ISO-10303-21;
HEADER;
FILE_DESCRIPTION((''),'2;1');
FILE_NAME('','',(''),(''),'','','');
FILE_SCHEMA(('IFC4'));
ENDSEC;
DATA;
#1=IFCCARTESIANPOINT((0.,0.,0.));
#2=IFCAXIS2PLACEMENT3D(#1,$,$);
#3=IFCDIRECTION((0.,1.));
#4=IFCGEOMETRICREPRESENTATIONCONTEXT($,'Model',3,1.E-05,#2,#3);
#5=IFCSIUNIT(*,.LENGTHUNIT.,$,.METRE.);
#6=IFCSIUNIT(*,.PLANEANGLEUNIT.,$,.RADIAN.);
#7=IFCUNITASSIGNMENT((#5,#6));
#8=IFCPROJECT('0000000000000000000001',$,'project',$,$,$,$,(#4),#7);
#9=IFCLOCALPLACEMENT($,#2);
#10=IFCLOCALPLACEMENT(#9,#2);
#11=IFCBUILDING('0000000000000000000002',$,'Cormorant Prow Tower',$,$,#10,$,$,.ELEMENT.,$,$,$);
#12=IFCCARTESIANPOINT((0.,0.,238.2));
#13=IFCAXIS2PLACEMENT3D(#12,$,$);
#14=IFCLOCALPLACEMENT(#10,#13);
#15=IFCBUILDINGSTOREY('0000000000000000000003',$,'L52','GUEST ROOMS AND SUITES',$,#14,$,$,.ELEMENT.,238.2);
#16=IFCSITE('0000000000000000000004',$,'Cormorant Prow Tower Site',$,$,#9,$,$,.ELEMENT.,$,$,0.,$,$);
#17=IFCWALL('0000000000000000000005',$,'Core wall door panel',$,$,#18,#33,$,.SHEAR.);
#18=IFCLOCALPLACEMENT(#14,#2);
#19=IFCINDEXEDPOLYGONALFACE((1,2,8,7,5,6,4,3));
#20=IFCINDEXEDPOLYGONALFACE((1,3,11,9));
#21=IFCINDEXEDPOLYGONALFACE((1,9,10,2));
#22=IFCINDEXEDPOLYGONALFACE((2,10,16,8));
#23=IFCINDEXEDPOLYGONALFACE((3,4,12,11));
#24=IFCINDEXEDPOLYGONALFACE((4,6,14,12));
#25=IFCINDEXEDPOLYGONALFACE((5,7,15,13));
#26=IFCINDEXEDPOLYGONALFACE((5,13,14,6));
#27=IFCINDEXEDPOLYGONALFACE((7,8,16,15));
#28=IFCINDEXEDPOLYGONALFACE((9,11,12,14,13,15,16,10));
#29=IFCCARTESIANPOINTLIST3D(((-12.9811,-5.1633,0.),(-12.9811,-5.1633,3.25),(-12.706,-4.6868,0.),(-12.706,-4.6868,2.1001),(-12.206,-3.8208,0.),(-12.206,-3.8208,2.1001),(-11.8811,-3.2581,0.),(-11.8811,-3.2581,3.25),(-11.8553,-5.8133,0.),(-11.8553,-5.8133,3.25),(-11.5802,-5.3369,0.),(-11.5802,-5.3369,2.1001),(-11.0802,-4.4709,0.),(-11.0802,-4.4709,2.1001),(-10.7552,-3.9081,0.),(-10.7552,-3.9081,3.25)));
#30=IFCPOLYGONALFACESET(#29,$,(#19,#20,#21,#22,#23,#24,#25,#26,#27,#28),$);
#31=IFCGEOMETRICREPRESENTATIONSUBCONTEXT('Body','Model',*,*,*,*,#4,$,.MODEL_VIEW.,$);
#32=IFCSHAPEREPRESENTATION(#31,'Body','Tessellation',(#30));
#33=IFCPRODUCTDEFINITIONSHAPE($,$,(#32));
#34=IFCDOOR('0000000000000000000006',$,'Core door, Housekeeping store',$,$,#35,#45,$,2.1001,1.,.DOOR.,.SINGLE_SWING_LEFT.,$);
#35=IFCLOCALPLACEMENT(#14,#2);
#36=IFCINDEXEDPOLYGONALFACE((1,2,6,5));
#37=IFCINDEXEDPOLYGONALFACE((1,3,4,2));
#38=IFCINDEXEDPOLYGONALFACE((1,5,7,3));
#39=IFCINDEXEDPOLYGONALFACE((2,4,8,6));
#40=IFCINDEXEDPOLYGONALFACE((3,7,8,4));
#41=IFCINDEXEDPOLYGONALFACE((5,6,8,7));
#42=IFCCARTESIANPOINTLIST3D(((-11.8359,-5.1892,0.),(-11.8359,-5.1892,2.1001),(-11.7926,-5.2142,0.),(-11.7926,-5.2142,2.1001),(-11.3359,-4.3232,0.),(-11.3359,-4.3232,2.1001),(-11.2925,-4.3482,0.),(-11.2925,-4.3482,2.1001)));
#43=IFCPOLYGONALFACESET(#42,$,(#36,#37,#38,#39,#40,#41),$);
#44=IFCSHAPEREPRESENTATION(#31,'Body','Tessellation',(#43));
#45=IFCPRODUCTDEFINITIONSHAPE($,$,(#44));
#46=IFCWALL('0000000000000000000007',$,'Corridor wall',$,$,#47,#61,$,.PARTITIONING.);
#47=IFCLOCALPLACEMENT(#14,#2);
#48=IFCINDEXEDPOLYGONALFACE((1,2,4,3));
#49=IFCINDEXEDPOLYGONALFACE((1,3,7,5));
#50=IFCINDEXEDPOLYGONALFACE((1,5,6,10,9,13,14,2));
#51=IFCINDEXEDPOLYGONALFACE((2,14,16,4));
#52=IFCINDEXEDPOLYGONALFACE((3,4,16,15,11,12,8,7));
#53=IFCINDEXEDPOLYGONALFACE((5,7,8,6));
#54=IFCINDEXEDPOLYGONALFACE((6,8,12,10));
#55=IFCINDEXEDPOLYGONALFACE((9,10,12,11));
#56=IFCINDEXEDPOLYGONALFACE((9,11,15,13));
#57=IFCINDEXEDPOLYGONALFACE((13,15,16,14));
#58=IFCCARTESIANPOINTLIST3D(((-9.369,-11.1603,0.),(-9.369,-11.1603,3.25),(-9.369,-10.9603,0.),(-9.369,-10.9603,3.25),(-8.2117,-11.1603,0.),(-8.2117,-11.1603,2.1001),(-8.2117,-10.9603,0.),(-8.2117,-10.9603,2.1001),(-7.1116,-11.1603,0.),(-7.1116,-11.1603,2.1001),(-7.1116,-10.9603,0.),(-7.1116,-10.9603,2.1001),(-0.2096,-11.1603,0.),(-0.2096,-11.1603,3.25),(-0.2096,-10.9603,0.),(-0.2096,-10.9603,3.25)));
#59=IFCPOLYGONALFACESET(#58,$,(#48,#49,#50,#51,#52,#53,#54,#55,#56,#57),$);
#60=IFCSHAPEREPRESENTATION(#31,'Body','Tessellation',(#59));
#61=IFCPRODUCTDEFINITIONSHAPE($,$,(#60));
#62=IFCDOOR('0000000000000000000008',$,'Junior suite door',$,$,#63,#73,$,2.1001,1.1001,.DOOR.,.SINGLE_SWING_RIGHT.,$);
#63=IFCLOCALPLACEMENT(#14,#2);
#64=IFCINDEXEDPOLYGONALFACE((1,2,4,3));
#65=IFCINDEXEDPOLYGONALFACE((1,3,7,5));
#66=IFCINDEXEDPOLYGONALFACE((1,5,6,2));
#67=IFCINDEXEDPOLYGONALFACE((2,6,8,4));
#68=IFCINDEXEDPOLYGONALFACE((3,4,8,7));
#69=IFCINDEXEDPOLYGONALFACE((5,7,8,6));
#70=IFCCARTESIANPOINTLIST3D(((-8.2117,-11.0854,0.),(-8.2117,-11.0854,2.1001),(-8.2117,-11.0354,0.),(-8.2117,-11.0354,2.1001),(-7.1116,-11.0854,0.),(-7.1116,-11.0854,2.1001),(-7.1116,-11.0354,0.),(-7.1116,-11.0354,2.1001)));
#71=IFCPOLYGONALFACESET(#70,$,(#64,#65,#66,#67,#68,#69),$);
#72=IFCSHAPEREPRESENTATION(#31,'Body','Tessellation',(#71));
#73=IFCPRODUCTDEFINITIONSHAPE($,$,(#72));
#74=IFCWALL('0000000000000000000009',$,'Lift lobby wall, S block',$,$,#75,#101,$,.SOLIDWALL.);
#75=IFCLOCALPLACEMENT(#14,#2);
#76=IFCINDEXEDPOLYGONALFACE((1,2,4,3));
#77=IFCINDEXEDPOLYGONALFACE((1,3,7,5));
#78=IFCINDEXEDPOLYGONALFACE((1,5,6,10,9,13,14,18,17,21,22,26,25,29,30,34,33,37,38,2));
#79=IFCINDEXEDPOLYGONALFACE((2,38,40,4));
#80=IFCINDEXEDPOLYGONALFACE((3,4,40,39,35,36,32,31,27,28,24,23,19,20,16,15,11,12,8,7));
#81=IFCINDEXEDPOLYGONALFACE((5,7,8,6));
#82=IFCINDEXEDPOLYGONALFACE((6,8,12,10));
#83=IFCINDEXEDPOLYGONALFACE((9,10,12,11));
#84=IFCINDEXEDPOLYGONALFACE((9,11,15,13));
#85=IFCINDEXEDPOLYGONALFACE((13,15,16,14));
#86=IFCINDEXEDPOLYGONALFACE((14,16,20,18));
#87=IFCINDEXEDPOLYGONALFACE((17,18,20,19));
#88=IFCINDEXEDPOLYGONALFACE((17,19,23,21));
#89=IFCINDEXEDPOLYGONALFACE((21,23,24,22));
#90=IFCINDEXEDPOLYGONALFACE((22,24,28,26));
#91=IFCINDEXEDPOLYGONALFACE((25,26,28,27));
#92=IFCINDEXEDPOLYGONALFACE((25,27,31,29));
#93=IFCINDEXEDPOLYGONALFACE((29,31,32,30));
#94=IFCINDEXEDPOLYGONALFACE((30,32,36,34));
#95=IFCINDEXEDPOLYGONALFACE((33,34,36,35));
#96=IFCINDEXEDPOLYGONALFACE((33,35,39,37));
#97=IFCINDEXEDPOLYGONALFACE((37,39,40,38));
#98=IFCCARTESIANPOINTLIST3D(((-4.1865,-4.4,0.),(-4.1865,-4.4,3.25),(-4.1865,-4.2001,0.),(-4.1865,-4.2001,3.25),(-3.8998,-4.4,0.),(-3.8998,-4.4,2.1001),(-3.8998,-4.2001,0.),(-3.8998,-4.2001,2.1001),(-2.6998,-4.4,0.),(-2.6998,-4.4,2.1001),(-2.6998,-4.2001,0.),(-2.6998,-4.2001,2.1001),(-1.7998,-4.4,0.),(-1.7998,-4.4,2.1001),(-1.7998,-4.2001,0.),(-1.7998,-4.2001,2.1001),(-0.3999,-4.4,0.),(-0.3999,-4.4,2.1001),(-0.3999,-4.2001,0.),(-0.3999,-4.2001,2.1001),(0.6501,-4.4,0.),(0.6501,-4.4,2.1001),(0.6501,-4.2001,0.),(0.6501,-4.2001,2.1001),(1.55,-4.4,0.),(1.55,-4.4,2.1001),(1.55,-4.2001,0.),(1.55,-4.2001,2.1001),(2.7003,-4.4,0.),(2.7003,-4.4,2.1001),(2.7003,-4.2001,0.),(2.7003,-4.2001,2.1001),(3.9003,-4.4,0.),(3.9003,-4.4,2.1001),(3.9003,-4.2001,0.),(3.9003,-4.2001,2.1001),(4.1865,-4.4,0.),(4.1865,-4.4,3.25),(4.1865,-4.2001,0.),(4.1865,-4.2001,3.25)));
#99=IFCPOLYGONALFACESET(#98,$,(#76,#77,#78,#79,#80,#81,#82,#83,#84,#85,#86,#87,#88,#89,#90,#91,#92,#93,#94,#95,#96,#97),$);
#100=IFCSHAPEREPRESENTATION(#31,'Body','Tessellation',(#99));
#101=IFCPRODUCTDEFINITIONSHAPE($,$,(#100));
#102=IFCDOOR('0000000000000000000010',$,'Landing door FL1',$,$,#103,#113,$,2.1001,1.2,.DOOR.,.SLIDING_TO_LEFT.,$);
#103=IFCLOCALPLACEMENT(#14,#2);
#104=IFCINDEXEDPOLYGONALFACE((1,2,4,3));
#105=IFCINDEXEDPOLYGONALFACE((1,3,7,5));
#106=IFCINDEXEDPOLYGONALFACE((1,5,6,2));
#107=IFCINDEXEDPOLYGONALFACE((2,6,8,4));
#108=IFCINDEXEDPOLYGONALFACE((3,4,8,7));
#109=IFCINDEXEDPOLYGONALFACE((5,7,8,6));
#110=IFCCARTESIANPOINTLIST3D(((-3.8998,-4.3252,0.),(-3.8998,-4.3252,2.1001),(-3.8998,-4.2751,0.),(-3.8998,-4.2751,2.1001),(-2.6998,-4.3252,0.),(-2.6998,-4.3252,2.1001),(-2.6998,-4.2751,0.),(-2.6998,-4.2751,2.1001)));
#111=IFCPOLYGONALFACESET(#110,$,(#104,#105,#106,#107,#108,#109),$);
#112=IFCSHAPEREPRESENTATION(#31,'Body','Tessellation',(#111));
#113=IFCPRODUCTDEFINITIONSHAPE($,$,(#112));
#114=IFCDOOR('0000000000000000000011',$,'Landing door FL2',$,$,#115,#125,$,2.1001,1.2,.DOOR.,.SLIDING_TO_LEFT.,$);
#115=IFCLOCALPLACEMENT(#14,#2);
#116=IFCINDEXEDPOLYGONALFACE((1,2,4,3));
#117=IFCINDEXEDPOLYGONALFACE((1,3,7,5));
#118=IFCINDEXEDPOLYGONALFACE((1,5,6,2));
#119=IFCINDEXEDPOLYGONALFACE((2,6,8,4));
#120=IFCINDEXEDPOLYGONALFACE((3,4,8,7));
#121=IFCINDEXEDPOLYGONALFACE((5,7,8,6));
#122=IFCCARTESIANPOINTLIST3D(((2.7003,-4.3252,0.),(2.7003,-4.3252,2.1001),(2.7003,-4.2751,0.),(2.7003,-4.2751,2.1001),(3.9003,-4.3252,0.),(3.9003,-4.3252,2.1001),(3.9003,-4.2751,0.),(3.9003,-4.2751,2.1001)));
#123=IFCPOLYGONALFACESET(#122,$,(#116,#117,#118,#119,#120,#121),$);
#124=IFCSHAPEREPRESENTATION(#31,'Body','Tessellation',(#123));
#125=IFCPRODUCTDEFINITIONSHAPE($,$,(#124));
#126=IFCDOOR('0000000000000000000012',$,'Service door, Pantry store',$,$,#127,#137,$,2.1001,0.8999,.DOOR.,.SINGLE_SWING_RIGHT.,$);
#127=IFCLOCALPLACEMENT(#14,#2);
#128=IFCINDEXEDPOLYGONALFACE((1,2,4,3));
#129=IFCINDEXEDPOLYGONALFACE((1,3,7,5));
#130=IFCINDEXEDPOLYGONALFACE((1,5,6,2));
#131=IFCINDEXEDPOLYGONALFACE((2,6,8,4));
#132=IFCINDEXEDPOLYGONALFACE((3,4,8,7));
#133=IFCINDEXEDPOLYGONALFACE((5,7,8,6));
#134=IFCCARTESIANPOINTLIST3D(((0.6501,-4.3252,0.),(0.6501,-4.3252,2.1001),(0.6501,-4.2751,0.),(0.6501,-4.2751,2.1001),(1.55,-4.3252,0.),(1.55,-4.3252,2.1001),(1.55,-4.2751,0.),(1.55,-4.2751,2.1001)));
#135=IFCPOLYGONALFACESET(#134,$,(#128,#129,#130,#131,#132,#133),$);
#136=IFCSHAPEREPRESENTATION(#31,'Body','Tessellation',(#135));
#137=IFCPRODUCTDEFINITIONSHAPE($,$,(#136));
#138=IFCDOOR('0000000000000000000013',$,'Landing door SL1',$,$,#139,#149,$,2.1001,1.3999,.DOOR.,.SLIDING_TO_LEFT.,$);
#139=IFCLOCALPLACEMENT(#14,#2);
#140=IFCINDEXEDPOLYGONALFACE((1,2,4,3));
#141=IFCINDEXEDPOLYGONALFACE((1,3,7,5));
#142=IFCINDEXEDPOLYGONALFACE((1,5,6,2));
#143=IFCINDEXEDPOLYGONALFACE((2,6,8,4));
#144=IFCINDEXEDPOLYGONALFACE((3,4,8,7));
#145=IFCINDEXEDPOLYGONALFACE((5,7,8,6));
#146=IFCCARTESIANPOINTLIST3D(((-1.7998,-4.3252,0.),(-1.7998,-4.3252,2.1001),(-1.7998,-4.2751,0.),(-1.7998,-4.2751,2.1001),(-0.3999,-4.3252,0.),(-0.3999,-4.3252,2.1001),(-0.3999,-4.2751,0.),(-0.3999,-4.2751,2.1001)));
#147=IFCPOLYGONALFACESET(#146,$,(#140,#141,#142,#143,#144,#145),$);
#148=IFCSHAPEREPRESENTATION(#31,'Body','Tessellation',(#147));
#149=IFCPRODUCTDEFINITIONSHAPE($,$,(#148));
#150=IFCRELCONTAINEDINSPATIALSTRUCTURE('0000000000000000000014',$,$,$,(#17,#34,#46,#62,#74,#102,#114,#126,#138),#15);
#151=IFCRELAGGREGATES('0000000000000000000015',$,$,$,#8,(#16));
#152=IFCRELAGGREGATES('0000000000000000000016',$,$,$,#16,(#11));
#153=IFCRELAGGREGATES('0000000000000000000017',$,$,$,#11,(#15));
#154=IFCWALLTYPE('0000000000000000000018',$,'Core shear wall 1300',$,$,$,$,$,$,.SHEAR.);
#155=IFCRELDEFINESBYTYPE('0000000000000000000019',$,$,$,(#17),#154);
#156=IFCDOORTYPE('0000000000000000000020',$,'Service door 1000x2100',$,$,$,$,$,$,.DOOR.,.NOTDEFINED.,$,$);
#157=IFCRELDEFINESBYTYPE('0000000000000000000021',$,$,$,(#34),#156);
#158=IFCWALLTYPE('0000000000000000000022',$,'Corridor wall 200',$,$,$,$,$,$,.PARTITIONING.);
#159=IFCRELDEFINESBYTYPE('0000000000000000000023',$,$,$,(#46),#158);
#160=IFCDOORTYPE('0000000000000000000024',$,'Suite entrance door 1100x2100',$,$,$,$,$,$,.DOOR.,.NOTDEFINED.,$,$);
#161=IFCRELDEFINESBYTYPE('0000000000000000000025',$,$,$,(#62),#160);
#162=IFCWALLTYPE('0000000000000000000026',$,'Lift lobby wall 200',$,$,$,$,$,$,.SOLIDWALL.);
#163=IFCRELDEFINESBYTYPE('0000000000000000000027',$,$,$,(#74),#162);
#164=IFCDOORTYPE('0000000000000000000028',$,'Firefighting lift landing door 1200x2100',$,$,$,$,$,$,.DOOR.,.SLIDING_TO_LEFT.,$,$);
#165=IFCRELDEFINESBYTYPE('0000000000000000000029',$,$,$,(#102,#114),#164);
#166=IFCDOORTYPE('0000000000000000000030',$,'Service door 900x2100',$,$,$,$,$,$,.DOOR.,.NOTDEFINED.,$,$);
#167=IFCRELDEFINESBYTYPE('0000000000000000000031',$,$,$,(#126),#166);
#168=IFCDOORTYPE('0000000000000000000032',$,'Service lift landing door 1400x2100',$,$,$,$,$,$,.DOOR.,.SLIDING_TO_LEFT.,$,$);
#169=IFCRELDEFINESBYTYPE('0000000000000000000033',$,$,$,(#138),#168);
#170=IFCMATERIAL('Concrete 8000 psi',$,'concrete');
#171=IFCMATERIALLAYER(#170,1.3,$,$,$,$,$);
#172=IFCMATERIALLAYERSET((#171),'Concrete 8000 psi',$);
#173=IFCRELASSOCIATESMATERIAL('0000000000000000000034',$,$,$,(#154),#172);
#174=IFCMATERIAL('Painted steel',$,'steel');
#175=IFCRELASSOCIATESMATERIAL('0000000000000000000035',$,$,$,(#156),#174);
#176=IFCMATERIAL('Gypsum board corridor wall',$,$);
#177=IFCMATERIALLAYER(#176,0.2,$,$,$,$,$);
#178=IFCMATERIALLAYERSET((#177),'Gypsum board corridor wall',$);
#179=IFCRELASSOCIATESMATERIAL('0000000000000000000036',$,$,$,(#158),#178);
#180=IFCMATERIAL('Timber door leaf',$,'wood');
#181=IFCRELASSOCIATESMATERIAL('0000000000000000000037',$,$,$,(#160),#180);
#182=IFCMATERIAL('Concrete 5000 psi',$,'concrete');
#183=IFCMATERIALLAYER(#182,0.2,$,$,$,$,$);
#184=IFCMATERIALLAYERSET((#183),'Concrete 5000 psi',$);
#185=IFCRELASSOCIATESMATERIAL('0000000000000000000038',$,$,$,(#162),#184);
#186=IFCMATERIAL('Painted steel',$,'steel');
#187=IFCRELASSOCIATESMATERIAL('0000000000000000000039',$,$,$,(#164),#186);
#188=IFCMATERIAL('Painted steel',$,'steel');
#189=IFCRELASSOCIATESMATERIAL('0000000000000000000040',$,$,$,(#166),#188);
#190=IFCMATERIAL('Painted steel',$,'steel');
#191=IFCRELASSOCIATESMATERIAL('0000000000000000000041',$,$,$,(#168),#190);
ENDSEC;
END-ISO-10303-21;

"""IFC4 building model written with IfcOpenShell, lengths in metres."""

from ifc_helpers import new_model, si_unit, direction, frame, frame_2d, origin, place, context, subcontext, project, spatial, rectangle, extrude, material, layer, layer_set, type_object, element, fill, save


model = new_model("IFC4")

# Units and contexts
model_context = context("Model", 3, precision=1e-05, world=origin(), true_north=direction((0.0, 1.0)))
body_context = subcontext(model_context, "Body", "Model", "MODEL_VIEW")
ifc_project = project(units=[si_unit("LENGTHUNIT", "METRE"), si_unit("PLANEANGLEUNIT", "RADIAN")], contexts=[model_context])

# Site, building, storey
site_placement = place(None, origin())
site = spatial("IfcSite", under=ifc_project, at=site_placement, Name="Cormorant Prow Tower Site", CompositionType="ELEMENT", RefElevation=0.0)
building_placement = place(site_placement, origin())
building = spatial("IfcBuilding", under=site, at=building_placement, Name="Cormorant Prow Tower", CompositionType="ELEMENT")
storey_placement = place(building_placement, frame((0.0, 0.0, 238.2)))
storey = spatial("IfcBuildingStorey", under=building, at=storey_placement, Name="L52", Description="GUEST ROOMS AND SUITES", CompositionType="ELEMENT", Elevation=238.2)

# Shared definitions
ifc_material_1 = material(Name="Concrete 8000 psi", Category="concrete")
ifc_layer_1 = layer(ifc_material_1, 1.3)
ifc_layer_set_1 = layer_set([ifc_layer_1], Name="Concrete 8000 psi")
wall_type_1 = type_object("IfcWallType", Name="Core shear wall 1300", PredefinedType="SHEAR", material=ifc_layer_set_1)

# Walls, openings, doors
wall_1_placement = place(storey_placement, frame((-11.3181, -3.583, 0.0), z_axis=(0.0, 0.0, 1.0), x_axis=(-0.50003, -0.866008, 0.0)))
wall_1 = element("IfcWall", 1, at=wall_1_placement, inside=storey, type_object=wall_type_1, Name="Core wall door panel", PredefinedType="SHEAR", context=body_context, shape_type="SweptSolid", body=[
    extrude(rectangle(XDim=2.2, YDim=1.3, at=frame_2d((1.1001, 0.0))), origin(), (0.0, 0.0, 1.0), 3.25),
])
opening_1_placement = place(wall_1_placement, frame((0.6499, 0.0, 0.0)))
opening_1 = element("IfcOpeningElement", 2, at=opening_1_placement, cuts=wall_1, PredefinedType="OPENING", context=body_context, shape_type="SweptSolid", body=[
    extrude(rectangle(XDim=1.0, YDim=2.1001, at=frame_2d((0.5, 1.05))), frame((0.0, 0.6599, 0.0), z_axis=(0.0, -1.0, 0.0), x_axis=(1.0, 0.0, 0.0)), (0.0, 0.0, 1.0), 1.3201),
])
ifc_material_2 = material(Name="Painted steel", Category="steel")
door_type_1 = type_object("IfcDoorType", Name="Service door 1000x2100", OperationType="NOTDEFINED", PredefinedType="DOOR", material=ifc_material_2)
door_1_placement = place(opening_1_placement, origin())
door_1 = element("IfcDoor", 3, at=door_1_placement, inside=storey, type_object=door_type_1, Name="Core door, Housekeeping store", OperationType="SINGLE_SWING_LEFT", OverallHeight=2.1001, OverallWidth=1.0, PredefinedType="DOOR", context=body_context, shape_type="SweptSolid", body=[
    extrude(rectangle(XDim=1.0, YDim=2.1001, at=frame_2d((0.5, 1.05))), frame((0.0, 0.4048, 0.0), z_axis=(0.0, -1.0, 0.0), x_axis=(1.0, 0.0, 0.0)), (0.0, 0.0, 1.0), 0.05),
])
fill(opening_1, door_1)
ifc_material_3 = material(Name="Gypsum board corridor wall")
ifc_layer_2 = layer(ifc_material_3, 0.2)
ifc_layer_set_2 = layer_set([ifc_layer_2], Name="Gypsum board corridor wall")
wall_type_2 = type_object("IfcWallType", Name="Corridor wall 200", PredefinedType="PARTITIONING", material=ifc_layer_set_2)
wall_2_placement = place(storey_placement, frame((-9.3689, -11.0603, 0.0), z_axis=(0.0, 0.0, 1.0), x_axis=(1.0, 0.0, 0.0)))
wall_2 = element("IfcWall", 4, at=wall_2_placement, inside=storey, type_object=wall_type_2, Name="Corridor wall", PredefinedType="PARTITIONING", context=body_context, shape_type="SweptSolid", body=[
    extrude(rectangle(XDim=9.1594, YDim=0.2, at=frame_2d((4.5796, 0.0))), origin(), (0.0, 0.0, 1.0), 3.25),
])
opening_2_placement = place(wall_2_placement, frame((1.1572, 0.0, 0.0)))
opening_2 = element("IfcOpeningElement", 5, at=opening_2_placement, cuts=wall_2, PredefinedType="OPENING", context=body_context, shape_type="SweptSolid", body=[
    extrude(rectangle(XDim=1.1001, YDim=2.1001, at=frame_2d((0.55, 1.05))), frame((0.0, 0.1099, 0.0), z_axis=(0.0, -1.0, 0.0), x_axis=(1.0, 0.0, 0.0)), (0.0, 0.0, 1.0), 0.22),
])
ifc_material_4 = material(Name="Timber door leaf", Category="wood")
door_type_2 = type_object("IfcDoorType", Name="Suite entrance door 1100x2100", OperationType="NOTDEFINED", PredefinedType="DOOR", material=ifc_material_4)
door_2_placement = place(opening_2_placement, origin())
door_2 = element("IfcDoor", 6, at=door_2_placement, inside=storey, type_object=door_type_2, Name="Junior suite door", OperationType="SINGLE_SWING_RIGHT", OverallHeight=2.1001, OverallWidth=1.1001, PredefinedType="DOOR", context=body_context, shape_type="SweptSolid", body=[
    extrude(rectangle(XDim=1.1001, YDim=2.1001, at=frame_2d((0.55, 1.05))), frame((0.0, 0.0249, 0.0), z_axis=(0.0, -1.0, 0.0), x_axis=(1.0, 0.0, 0.0)), (0.0, 0.0, 1.0), 0.05),
])
fill(opening_2, door_2)

# Wall, openings, doors
ifc_material_5 = material(Name="Concrete 5000 psi", Category="concrete")
ifc_layer_3 = layer(ifc_material_5, 0.2)
ifc_layer_set_3 = layer_set([ifc_layer_3], Name="Concrete 5000 psi")
wall_type_3 = type_object("IfcWallType", Name="Lift lobby wall 200", PredefinedType="SOLIDWALL", material=ifc_layer_set_3)
wall_3_placement = place(storey_placement, frame((-4.1865, -4.3, 0.0), z_axis=(0.0, 0.0, 1.0), x_axis=(1.0, 0.0, 0.0)))
wall_3 = element("IfcWall", 7, at=wall_3_placement, inside=storey, type_object=wall_type_3, Name="Lift lobby wall, S block", PredefinedType="SOLIDWALL", context=body_context, shape_type="SweptSolid", body=[
    extrude(rectangle(XDim=8.373, YDim=0.2, at=frame_2d((4.1865, 0.0))), origin(), (0.0, 0.0, 1.0), 3.25),
])
opening_3_placement = place(wall_3_placement, frame((0.2866, 0.0, 0.0)))
opening_3 = element("IfcOpeningElement", 8, at=opening_3_placement, cuts=wall_3, PredefinedType="OPENING", context=body_context, shape_type="SweptSolid", body=[
    extrude(rectangle(XDim=1.2, YDim=2.1001, at=frame_2d((0.6001, 1.05))), frame((0.0, 0.1099, 0.0), z_axis=(0.0, -1.0, 0.0), x_axis=(1.0, 0.0, 0.0)), (0.0, 0.0, 1.0), 0.22),
])
opening_4_placement = place(wall_3_placement, frame((2.3867, 0.0, 0.0)))
opening_4 = element("IfcOpeningElement", 9, at=opening_4_placement, cuts=wall_3, PredefinedType="OPENING", context=body_context, shape_type="SweptSolid", body=[
    extrude(rectangle(XDim=1.3999, YDim=2.1001, at=frame_2d((0.7, 1.05))), frame((0.0, 0.1099, 0.0), z_axis=(0.0, -1.0, 0.0), x_axis=(1.0, 0.0, 0.0)), (0.0, 0.0, 1.0), 0.22),
])
opening_5_placement = place(wall_3_placement, frame((4.8367, 0.0, 0.0)))
opening_5 = element("IfcOpeningElement", 10, at=opening_5_placement, cuts=wall_3, PredefinedType="OPENING", context=body_context, shape_type="SweptSolid", body=[
    extrude(rectangle(XDim=0.8999, YDim=2.1001, at=frame_2d((0.45, 1.05))), frame((0.0, 0.1099, 0.0), z_axis=(0.0, -1.0, 0.0), x_axis=(1.0, 0.0, 0.0)), (0.0, 0.0, 1.0), 0.22),
])
opening_6_placement = place(wall_3_placement, frame((6.8867, 0.0, 0.0)))
opening_6 = element("IfcOpeningElement", 11, at=opening_6_placement, cuts=wall_3, PredefinedType="OPENING", context=body_context, shape_type="SweptSolid", body=[
    extrude(rectangle(XDim=1.2, YDim=2.1001, at=frame_2d((0.6001, 1.05))), frame((0.0, 0.1099, 0.0), z_axis=(0.0, -1.0, 0.0), x_axis=(1.0, 0.0, 0.0)), (0.0, 0.0, 1.0), 0.22),
])
ifc_material_6 = material(Name="Painted steel", Category="steel")
door_type_3 = type_object("IfcDoorType", Name="Firefighting lift landing door 1200x2100", OperationType="SLIDING_TO_LEFT", PredefinedType="DOOR", material=ifc_material_6)
door_3_placement = place(opening_3_placement, origin())
door_3 = element("IfcDoor", 12, at=door_3_placement, inside=storey, type_object=door_type_3, Name="Landing door FL1", OperationType="SLIDING_TO_LEFT", OverallHeight=2.1001, OverallWidth=1.2, PredefinedType="DOOR", context=body_context, shape_type="SweptSolid", body=[
    extrude(rectangle(XDim=1.2, YDim=2.1001, at=frame_2d((0.6001, 1.05))), frame((0.0, 0.0249, 0.0), z_axis=(0.0, -1.0, 0.0), x_axis=(1.0, 0.0, 0.0)), (0.0, 0.0, 1.0), 0.05),
])
fill(opening_3, door_3)
door_4_placement = place(opening_6_placement, origin())
door_4 = element("IfcDoor", 13, at=door_4_placement, inside=storey, type_object=door_type_3, Name="Landing door FL2", OperationType="SLIDING_TO_LEFT", OverallHeight=2.1001, OverallWidth=1.2, PredefinedType="DOOR", context=body_context, shape_type="SweptSolid", body=[
    extrude(rectangle(XDim=1.2, YDim=2.1001, at=frame_2d((0.6001, 1.05))), frame((0.0, 0.0249, 0.0), z_axis=(0.0, -1.0, 0.0), x_axis=(1.0, 0.0, 0.0)), (0.0, 0.0, 1.0), 0.05),
])
fill(opening_6, door_4)
ifc_material_7 = material(Name="Painted steel", Category="steel")
door_type_4 = type_object("IfcDoorType", Name="Service door 900x2100", OperationType="NOTDEFINED", PredefinedType="DOOR", material=ifc_material_7)
door_5_placement = place(opening_5_placement, origin())
door_5 = element("IfcDoor", 14, at=door_5_placement, inside=storey, type_object=door_type_4, Name="Service door, Pantry store", OperationType="SINGLE_SWING_RIGHT", OverallHeight=2.1001, OverallWidth=0.8999, PredefinedType="DOOR", context=body_context, shape_type="SweptSolid", body=[
    extrude(rectangle(XDim=0.8999, YDim=2.1001, at=frame_2d((0.45, 1.05))), frame((0.0, 0.0249, 0.0), z_axis=(0.0, -1.0, 0.0), x_axis=(1.0, 0.0, 0.0)), (0.0, 0.0, 1.0), 0.05),
])
fill(opening_5, door_5)
ifc_material_8 = material(Name="Painted steel", Category="steel")
door_type_5 = type_object("IfcDoorType", Name="Service lift landing door 1400x2100", OperationType="SLIDING_TO_LEFT", PredefinedType="DOOR", material=ifc_material_8)
door_6_placement = place(opening_4_placement, origin())
door_6 = element("IfcDoor", 15, at=door_6_placement, inside=storey, type_object=door_type_5, Name="Landing door SL1", OperationType="SLIDING_TO_LEFT", OverallHeight=2.1001, OverallWidth=1.3999, PredefinedType="DOOR", context=body_context, shape_type="SweptSolid", body=[
    extrude(rectangle(XDim=1.3999, YDim=2.1001, at=frame_2d((0.7, 1.05))), frame((0.0, 0.0249, 0.0), z_axis=(0.0, -1.0, 0.0), x_axis=(1.0, 0.0, 0.0)), (0.0, 0.0, 1.0), 0.05),
])
fill(opening_4, door_6)

save(model, "model.ifc")
